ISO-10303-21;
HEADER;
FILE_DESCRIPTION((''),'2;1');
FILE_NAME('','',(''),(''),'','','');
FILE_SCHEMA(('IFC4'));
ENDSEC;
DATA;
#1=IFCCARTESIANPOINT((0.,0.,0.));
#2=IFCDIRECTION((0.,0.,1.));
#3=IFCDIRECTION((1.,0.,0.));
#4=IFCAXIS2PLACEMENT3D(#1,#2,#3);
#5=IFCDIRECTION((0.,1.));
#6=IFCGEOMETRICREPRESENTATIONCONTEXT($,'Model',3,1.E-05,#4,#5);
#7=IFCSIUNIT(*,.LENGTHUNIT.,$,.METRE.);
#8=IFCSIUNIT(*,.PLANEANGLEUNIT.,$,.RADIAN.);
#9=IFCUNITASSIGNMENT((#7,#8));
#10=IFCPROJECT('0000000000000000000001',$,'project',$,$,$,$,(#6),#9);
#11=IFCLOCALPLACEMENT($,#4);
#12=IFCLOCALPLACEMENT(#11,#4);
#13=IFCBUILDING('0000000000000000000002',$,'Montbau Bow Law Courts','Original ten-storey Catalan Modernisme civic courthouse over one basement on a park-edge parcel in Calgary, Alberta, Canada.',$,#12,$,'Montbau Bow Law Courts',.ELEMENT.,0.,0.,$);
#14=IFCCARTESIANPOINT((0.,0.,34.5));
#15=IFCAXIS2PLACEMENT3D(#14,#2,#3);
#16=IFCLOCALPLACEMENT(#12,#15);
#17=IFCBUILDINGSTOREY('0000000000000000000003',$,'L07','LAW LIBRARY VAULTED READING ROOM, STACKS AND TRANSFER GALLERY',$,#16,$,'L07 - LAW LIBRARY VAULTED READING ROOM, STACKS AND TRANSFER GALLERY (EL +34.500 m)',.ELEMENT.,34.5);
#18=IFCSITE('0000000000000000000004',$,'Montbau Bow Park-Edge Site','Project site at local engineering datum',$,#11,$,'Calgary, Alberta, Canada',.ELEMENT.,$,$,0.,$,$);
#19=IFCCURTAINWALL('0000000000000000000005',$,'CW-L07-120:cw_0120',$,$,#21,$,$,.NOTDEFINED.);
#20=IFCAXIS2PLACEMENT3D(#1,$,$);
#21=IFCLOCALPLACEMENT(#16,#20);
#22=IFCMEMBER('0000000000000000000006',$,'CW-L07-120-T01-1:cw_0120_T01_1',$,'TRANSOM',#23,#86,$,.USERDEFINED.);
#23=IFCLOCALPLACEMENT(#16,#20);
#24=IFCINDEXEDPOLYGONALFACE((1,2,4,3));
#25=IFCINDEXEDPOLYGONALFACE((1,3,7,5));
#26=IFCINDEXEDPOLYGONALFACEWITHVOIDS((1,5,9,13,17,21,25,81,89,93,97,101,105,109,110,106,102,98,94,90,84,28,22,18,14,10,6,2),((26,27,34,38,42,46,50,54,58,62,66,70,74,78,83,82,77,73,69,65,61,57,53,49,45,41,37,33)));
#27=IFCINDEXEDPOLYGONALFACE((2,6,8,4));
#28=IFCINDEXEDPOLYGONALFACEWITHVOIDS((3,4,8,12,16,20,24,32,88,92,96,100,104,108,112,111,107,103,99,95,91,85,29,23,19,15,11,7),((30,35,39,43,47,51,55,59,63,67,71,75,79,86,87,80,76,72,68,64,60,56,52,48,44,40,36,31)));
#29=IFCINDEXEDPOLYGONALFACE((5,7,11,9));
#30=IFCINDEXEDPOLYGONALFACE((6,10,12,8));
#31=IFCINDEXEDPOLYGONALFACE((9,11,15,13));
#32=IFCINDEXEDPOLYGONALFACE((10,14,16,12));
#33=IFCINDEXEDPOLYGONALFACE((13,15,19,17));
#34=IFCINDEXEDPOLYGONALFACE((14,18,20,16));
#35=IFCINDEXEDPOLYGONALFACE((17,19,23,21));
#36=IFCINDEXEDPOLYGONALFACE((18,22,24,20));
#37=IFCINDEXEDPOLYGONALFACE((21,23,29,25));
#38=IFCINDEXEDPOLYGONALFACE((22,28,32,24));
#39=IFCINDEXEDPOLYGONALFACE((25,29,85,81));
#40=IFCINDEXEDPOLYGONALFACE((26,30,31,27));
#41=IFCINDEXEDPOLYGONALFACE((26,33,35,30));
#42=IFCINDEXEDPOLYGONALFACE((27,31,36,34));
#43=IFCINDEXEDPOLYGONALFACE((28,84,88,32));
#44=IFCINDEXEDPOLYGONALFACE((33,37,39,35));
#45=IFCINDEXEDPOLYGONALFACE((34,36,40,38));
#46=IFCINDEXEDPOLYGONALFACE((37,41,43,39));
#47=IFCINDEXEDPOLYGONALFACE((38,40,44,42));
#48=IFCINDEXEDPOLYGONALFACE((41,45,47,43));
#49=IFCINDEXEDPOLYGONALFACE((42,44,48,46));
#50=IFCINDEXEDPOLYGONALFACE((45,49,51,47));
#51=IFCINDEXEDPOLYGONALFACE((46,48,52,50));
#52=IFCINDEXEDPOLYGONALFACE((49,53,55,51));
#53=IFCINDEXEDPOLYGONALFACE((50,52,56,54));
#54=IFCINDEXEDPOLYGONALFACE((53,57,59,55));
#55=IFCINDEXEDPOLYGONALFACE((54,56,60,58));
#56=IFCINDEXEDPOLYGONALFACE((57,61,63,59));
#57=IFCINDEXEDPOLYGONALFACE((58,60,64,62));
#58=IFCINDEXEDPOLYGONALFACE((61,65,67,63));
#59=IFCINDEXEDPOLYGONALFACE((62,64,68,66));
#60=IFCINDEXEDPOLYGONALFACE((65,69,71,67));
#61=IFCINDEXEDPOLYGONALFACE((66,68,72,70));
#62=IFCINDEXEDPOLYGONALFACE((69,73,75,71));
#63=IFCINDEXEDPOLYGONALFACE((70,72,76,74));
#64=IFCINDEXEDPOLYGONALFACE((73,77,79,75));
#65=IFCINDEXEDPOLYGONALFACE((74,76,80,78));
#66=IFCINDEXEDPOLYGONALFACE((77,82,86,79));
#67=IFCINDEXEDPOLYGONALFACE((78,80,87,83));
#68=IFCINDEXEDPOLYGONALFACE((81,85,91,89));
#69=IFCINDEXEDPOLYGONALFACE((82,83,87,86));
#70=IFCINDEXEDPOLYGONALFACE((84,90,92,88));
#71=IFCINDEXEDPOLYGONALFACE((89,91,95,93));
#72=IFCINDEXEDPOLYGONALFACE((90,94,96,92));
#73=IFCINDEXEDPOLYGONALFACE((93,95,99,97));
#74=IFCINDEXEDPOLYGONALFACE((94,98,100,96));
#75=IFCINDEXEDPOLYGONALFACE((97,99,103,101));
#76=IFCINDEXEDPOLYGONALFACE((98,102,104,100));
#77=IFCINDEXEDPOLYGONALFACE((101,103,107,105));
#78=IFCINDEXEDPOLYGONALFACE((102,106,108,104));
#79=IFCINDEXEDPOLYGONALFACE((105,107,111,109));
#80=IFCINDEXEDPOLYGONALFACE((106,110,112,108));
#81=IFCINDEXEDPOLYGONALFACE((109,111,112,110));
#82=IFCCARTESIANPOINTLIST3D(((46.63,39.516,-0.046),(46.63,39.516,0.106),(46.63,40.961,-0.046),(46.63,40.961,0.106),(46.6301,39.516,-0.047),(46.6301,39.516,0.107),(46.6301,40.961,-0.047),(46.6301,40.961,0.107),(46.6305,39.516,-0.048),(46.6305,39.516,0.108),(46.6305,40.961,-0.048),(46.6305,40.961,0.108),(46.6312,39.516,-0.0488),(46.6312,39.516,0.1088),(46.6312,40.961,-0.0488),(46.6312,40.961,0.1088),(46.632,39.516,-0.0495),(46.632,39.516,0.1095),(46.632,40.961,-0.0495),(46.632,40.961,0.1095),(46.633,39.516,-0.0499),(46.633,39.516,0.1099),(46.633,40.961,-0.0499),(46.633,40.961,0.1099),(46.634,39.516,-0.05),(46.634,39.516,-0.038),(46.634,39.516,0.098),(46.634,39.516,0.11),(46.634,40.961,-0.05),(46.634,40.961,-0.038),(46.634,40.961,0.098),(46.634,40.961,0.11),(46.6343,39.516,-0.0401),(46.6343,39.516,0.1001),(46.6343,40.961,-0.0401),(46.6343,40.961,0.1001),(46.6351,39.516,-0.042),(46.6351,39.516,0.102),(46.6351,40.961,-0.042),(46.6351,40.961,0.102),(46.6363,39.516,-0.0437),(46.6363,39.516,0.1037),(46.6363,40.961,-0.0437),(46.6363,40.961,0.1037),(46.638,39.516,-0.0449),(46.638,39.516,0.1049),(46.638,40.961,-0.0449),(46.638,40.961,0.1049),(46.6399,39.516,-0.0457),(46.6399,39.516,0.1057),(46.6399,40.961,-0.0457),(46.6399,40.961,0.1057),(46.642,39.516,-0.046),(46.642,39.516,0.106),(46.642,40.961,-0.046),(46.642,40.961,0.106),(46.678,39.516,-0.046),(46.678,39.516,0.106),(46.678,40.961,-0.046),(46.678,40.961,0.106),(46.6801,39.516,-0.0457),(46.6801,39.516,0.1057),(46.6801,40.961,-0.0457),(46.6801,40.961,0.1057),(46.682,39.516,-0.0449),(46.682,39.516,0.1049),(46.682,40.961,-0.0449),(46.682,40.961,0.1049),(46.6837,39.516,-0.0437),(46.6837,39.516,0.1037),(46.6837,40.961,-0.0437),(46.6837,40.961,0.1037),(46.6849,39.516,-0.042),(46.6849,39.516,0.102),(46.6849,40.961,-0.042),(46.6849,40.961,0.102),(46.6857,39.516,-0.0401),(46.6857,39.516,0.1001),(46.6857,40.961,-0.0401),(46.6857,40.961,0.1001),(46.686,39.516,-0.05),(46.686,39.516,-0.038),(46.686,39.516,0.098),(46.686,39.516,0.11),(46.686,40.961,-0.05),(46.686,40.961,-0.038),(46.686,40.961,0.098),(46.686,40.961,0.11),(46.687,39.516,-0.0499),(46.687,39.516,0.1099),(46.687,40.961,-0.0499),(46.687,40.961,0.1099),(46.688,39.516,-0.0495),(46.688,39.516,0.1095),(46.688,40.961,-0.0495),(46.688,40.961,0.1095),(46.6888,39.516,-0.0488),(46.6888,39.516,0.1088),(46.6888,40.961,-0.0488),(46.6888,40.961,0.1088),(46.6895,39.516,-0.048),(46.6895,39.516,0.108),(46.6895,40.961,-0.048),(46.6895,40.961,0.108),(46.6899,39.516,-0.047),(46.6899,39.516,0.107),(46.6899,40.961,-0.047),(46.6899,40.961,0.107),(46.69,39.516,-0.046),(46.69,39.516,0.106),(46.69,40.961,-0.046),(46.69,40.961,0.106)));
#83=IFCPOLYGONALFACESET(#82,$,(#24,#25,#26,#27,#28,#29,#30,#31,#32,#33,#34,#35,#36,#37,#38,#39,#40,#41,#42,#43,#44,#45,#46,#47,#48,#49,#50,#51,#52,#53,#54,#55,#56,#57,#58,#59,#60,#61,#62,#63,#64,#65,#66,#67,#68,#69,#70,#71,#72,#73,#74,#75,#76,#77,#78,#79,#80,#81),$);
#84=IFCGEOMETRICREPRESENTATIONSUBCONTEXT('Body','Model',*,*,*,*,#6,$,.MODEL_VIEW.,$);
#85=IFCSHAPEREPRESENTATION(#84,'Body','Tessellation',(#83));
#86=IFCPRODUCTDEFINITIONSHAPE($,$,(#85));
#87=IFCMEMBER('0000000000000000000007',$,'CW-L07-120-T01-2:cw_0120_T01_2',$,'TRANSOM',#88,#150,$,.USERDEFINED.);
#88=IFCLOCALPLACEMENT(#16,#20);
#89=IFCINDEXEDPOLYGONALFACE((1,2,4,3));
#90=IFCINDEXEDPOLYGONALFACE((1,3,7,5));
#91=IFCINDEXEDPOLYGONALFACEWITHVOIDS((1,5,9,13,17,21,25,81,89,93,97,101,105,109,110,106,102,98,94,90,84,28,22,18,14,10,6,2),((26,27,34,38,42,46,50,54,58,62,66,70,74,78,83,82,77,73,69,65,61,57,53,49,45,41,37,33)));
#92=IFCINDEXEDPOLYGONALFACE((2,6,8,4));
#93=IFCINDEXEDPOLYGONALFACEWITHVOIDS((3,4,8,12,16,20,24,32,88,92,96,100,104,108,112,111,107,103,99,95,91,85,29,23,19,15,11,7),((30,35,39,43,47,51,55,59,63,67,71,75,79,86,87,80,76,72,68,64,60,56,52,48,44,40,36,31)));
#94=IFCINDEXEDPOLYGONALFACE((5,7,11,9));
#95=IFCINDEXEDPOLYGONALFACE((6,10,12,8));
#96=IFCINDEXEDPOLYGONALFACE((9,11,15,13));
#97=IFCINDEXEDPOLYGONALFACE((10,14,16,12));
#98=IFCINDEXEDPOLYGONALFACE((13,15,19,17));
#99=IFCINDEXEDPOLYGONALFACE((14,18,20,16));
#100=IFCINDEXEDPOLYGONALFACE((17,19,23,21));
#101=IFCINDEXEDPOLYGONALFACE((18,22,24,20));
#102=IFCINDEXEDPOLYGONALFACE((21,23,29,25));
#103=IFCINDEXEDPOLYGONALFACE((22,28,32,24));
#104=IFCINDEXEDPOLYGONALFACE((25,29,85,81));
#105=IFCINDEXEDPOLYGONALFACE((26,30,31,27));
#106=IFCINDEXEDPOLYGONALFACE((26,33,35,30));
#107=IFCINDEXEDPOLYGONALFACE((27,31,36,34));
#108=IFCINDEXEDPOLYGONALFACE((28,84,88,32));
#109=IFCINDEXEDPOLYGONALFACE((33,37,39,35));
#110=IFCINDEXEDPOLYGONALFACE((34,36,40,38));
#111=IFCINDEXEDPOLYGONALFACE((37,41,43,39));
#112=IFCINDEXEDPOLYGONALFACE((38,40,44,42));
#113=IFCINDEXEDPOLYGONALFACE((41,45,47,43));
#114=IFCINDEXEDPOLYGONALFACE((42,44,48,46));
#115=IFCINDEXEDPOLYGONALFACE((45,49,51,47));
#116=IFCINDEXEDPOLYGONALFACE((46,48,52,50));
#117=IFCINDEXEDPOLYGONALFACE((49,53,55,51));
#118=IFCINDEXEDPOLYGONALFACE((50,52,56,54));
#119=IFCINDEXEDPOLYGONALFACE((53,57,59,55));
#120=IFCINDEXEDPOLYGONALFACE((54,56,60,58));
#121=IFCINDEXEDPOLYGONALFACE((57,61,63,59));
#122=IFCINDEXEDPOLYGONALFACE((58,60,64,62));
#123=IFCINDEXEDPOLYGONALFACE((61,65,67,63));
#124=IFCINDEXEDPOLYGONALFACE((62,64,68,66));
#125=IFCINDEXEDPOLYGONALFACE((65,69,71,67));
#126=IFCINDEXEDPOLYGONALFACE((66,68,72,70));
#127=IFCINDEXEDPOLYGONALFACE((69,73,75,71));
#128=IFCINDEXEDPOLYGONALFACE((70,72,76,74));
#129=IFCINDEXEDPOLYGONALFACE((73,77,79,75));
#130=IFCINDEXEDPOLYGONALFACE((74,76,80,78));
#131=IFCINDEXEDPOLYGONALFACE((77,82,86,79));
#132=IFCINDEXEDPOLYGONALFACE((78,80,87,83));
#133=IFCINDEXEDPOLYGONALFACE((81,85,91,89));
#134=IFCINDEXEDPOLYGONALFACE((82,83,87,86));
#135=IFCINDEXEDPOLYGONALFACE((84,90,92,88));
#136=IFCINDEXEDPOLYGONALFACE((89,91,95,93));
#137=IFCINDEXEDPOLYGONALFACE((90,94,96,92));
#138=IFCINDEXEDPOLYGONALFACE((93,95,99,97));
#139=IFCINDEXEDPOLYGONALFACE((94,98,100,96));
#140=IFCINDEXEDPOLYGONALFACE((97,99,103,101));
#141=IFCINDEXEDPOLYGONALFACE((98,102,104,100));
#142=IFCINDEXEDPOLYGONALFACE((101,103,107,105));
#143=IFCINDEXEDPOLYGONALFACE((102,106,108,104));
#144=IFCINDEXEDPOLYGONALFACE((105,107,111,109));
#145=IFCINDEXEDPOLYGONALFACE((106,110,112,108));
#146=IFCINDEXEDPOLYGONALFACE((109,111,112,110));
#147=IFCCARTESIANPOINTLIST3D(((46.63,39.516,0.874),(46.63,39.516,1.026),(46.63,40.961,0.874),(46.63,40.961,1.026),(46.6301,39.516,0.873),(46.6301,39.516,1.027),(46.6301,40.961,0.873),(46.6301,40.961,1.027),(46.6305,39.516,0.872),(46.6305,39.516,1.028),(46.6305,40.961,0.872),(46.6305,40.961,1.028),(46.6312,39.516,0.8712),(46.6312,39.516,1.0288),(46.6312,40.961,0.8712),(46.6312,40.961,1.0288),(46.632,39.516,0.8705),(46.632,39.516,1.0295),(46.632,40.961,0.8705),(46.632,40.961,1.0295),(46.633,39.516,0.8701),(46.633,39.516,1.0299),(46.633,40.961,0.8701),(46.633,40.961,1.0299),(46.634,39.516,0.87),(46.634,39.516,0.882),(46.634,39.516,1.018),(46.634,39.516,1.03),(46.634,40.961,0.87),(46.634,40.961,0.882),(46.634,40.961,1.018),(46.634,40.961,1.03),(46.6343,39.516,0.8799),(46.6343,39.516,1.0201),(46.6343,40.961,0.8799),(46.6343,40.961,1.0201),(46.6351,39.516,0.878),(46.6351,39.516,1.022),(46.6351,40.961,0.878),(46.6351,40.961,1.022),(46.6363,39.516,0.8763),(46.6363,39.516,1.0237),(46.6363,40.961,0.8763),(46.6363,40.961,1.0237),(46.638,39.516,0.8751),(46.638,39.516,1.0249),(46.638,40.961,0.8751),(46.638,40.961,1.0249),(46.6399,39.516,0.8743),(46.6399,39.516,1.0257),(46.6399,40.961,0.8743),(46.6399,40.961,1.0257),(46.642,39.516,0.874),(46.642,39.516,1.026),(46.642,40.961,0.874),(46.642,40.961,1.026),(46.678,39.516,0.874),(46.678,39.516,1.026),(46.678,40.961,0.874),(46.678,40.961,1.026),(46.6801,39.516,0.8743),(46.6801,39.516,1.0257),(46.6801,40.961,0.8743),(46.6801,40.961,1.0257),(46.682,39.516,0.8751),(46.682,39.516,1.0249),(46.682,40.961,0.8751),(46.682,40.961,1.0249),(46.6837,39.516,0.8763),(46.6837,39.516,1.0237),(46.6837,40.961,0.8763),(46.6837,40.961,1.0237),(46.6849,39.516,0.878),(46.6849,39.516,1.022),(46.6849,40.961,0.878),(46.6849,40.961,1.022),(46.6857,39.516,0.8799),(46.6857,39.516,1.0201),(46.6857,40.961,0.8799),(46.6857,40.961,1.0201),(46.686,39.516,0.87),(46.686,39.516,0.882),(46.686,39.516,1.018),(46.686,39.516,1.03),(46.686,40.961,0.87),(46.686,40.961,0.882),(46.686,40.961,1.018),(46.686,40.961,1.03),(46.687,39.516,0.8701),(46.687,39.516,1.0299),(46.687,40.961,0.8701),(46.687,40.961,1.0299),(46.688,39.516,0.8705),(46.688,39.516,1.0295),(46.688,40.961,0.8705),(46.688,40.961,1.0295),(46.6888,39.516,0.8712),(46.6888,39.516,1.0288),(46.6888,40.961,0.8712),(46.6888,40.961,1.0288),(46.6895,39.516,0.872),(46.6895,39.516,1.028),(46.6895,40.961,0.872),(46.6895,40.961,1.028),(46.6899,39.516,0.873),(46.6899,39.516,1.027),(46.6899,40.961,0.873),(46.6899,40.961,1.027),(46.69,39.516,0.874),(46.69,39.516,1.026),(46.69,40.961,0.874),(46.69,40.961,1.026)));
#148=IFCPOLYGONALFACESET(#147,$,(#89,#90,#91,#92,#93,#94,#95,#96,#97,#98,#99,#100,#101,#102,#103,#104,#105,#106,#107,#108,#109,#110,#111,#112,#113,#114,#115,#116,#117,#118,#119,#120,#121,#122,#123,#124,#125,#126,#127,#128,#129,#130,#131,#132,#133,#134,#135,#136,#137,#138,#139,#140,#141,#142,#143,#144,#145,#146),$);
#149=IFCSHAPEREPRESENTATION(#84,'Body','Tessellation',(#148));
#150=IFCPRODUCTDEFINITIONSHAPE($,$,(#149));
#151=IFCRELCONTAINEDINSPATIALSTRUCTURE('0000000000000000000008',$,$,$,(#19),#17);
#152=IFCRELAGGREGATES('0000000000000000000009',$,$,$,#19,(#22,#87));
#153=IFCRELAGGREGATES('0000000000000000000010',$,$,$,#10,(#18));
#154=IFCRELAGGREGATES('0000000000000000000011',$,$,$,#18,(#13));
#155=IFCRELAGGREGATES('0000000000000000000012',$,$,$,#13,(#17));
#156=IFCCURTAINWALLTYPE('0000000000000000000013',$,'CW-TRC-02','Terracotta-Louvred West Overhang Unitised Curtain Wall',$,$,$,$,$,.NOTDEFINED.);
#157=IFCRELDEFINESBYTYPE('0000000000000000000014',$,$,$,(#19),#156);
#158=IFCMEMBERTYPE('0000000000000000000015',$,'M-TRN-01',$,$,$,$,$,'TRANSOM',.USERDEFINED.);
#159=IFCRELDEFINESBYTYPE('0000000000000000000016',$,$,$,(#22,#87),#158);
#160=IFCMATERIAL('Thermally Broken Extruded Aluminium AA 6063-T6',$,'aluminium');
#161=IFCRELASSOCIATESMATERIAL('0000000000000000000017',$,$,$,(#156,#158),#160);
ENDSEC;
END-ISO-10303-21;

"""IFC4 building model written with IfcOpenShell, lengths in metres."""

from ifc_helpers import new_model, si_unit, direction, frame, origin_with_axes, origin_2d_with_axis, place, context, subcontext, project, spatial, hollow_rectangle, extrude, material, material_profile, profile_set, type_object, element, aggregate, save


model = new_model("IFC4")

# Units and contexts
model_context = context("Model", 3, precision=1e-05, world=origin_with_axes(), true_north=direction((0.0, 1.0)))
body_context = subcontext(model_context, "Body", "Model", "MODEL_VIEW")
ifc_project = project(units=[si_unit("LENGTHUNIT", "METRE"), si_unit("PLANEANGLEUNIT", "RADIAN")], contexts=[model_context])

# Site, building, storey
site_placement = place(None, origin_with_axes())
site = spatial("IfcSite", under=ifc_project, at=site_placement, Name="Montbau Bow Park-Edge Site", Description="Project site at local engineering datum", LongName="Calgary, Alberta, Canada", CompositionType="ELEMENT", RefElevation=0.0)
building_placement = place(site_placement, origin_with_axes())
building = spatial("IfcBuilding", under=site, at=building_placement, Name="Montbau Bow Law Courts", Description="Original ten-storey Catalan Modernisme civic courthouse over one basement on a park-edge parcel in Calgary, Alberta, Canada.", LongName="Montbau Bow Law Courts", CompositionType="ELEMENT", ElevationOfRefHeight=0.0, ElevationOfTerrain=0.0)
storey_placement = place(building_placement, frame((0.0, 0.0, 34.5), z_axis=(0.0, 0.0, 1.0), x_axis=(1.0, 0.0, 0.0)))
storey = spatial("IfcBuildingStorey", under=building, at=storey_placement, Name="L07", Description="LAW LIBRARY VAULTED READING ROOM, STACKS AND TRANSFER GALLERY", LongName="L07 - LAW LIBRARY VAULTED READING ROOM, STACKS AND TRANSFER GALLERY (EL +34.500 m)", CompositionType="ELEMENT", Elevation=34.5)

# Curtain wall
ifc_material_1 = material(Name="Thermally Broken Extruded Aluminium AA 6063-T6", Category="aluminium")
curtain_wall_type_1 = type_object("IfcCurtainWallType", Name="CW-TRC-02", Description="Terracotta-Louvred West Overhang Unitised Curtain Wall", PredefinedType="NOTDEFINED", material=ifc_material_1)
curtain_wall_1_placement = place(None, frame((46.66, 39.44, 34.5), z_axis=(0.0, 0.0, 1.0), x_axis=(1.0, 0.0, 0.0)))
curtain_wall_1 = element("IfcCurtainWall", 1, at=curtain_wall_1_placement, inside=storey, type_object=curtain_wall_type_1, Name="CW-L07-120:cw_0120", PredefinedType="NOTDEFINED")

# Members
ifc_material_profile_1 = material_profile(ifc_material_1, hollow_rectangle(XDim=0.06, YDim=0.16, WallThickness=0.004, InnerFilletRadius=0.008, OuterFilletRadius=0.004, at=origin_2d_with_axis()), Name="CWT-160X60", Category="Main", Priority=0)
ifc_profile_set_1 = profile_set([ifc_material_profile_1], Name="Thermally Broken Extruded Aluminium AA 6063-T6")
member_type_1 = type_object("IfcMemberType", Name="M-TRN-01", ElementType="TRANSOM", PredefinedType="USERDEFINED", material=ifc_profile_set_1)
member_1_placement = place(None, frame((46.66, 39.516, 34.53), z_axis=(0.0, 1.0, 0.0), x_axis=(-1.0, 0.0, 0.0)))
member_1 = element("IfcMember", 2, at=member_1_placement, type_object=member_type_1, Name="CW-L07-120-T01-1:cw_0120_T01_1", ObjectType="TRANSOM", PredefinedType="USERDEFINED", context=body_context, shape_type="SweptSolid", body=[
    extrude(hollow_rectangle(XDim=0.06, YDim=0.16, WallThickness=0.004, InnerFilletRadius=0.008, OuterFilletRadius=0.004, at=origin_2d_with_axis()), origin_with_axes(), (0.0, 0.0, 1.0), 1.445),
])
member_2_placement = place(None, frame((46.66, 39.516, 35.45), z_axis=(0.0, 1.0, 0.0), x_axis=(-1.0, 0.0, 0.0)))
member_2 = element("IfcMember", 3, at=member_2_placement, type_object=member_type_1, Name="CW-L07-120-T01-2:cw_0120_T01_2", ObjectType="TRANSOM", PredefinedType="USERDEFINED", context=body_context, shape_type="SweptSolid", body=[
    extrude(hollow_rectangle(XDim=0.06, YDim=0.16, WallThickness=0.004, InnerFilletRadius=0.008, OuterFilletRadius=0.004, at=origin_2d_with_axis()), origin_with_axes(), (0.0, 0.0, 1.0), 1.445),
])

aggregate(curtain_wall_1, [member_1, member_2])

save(model, "model.ifc")
